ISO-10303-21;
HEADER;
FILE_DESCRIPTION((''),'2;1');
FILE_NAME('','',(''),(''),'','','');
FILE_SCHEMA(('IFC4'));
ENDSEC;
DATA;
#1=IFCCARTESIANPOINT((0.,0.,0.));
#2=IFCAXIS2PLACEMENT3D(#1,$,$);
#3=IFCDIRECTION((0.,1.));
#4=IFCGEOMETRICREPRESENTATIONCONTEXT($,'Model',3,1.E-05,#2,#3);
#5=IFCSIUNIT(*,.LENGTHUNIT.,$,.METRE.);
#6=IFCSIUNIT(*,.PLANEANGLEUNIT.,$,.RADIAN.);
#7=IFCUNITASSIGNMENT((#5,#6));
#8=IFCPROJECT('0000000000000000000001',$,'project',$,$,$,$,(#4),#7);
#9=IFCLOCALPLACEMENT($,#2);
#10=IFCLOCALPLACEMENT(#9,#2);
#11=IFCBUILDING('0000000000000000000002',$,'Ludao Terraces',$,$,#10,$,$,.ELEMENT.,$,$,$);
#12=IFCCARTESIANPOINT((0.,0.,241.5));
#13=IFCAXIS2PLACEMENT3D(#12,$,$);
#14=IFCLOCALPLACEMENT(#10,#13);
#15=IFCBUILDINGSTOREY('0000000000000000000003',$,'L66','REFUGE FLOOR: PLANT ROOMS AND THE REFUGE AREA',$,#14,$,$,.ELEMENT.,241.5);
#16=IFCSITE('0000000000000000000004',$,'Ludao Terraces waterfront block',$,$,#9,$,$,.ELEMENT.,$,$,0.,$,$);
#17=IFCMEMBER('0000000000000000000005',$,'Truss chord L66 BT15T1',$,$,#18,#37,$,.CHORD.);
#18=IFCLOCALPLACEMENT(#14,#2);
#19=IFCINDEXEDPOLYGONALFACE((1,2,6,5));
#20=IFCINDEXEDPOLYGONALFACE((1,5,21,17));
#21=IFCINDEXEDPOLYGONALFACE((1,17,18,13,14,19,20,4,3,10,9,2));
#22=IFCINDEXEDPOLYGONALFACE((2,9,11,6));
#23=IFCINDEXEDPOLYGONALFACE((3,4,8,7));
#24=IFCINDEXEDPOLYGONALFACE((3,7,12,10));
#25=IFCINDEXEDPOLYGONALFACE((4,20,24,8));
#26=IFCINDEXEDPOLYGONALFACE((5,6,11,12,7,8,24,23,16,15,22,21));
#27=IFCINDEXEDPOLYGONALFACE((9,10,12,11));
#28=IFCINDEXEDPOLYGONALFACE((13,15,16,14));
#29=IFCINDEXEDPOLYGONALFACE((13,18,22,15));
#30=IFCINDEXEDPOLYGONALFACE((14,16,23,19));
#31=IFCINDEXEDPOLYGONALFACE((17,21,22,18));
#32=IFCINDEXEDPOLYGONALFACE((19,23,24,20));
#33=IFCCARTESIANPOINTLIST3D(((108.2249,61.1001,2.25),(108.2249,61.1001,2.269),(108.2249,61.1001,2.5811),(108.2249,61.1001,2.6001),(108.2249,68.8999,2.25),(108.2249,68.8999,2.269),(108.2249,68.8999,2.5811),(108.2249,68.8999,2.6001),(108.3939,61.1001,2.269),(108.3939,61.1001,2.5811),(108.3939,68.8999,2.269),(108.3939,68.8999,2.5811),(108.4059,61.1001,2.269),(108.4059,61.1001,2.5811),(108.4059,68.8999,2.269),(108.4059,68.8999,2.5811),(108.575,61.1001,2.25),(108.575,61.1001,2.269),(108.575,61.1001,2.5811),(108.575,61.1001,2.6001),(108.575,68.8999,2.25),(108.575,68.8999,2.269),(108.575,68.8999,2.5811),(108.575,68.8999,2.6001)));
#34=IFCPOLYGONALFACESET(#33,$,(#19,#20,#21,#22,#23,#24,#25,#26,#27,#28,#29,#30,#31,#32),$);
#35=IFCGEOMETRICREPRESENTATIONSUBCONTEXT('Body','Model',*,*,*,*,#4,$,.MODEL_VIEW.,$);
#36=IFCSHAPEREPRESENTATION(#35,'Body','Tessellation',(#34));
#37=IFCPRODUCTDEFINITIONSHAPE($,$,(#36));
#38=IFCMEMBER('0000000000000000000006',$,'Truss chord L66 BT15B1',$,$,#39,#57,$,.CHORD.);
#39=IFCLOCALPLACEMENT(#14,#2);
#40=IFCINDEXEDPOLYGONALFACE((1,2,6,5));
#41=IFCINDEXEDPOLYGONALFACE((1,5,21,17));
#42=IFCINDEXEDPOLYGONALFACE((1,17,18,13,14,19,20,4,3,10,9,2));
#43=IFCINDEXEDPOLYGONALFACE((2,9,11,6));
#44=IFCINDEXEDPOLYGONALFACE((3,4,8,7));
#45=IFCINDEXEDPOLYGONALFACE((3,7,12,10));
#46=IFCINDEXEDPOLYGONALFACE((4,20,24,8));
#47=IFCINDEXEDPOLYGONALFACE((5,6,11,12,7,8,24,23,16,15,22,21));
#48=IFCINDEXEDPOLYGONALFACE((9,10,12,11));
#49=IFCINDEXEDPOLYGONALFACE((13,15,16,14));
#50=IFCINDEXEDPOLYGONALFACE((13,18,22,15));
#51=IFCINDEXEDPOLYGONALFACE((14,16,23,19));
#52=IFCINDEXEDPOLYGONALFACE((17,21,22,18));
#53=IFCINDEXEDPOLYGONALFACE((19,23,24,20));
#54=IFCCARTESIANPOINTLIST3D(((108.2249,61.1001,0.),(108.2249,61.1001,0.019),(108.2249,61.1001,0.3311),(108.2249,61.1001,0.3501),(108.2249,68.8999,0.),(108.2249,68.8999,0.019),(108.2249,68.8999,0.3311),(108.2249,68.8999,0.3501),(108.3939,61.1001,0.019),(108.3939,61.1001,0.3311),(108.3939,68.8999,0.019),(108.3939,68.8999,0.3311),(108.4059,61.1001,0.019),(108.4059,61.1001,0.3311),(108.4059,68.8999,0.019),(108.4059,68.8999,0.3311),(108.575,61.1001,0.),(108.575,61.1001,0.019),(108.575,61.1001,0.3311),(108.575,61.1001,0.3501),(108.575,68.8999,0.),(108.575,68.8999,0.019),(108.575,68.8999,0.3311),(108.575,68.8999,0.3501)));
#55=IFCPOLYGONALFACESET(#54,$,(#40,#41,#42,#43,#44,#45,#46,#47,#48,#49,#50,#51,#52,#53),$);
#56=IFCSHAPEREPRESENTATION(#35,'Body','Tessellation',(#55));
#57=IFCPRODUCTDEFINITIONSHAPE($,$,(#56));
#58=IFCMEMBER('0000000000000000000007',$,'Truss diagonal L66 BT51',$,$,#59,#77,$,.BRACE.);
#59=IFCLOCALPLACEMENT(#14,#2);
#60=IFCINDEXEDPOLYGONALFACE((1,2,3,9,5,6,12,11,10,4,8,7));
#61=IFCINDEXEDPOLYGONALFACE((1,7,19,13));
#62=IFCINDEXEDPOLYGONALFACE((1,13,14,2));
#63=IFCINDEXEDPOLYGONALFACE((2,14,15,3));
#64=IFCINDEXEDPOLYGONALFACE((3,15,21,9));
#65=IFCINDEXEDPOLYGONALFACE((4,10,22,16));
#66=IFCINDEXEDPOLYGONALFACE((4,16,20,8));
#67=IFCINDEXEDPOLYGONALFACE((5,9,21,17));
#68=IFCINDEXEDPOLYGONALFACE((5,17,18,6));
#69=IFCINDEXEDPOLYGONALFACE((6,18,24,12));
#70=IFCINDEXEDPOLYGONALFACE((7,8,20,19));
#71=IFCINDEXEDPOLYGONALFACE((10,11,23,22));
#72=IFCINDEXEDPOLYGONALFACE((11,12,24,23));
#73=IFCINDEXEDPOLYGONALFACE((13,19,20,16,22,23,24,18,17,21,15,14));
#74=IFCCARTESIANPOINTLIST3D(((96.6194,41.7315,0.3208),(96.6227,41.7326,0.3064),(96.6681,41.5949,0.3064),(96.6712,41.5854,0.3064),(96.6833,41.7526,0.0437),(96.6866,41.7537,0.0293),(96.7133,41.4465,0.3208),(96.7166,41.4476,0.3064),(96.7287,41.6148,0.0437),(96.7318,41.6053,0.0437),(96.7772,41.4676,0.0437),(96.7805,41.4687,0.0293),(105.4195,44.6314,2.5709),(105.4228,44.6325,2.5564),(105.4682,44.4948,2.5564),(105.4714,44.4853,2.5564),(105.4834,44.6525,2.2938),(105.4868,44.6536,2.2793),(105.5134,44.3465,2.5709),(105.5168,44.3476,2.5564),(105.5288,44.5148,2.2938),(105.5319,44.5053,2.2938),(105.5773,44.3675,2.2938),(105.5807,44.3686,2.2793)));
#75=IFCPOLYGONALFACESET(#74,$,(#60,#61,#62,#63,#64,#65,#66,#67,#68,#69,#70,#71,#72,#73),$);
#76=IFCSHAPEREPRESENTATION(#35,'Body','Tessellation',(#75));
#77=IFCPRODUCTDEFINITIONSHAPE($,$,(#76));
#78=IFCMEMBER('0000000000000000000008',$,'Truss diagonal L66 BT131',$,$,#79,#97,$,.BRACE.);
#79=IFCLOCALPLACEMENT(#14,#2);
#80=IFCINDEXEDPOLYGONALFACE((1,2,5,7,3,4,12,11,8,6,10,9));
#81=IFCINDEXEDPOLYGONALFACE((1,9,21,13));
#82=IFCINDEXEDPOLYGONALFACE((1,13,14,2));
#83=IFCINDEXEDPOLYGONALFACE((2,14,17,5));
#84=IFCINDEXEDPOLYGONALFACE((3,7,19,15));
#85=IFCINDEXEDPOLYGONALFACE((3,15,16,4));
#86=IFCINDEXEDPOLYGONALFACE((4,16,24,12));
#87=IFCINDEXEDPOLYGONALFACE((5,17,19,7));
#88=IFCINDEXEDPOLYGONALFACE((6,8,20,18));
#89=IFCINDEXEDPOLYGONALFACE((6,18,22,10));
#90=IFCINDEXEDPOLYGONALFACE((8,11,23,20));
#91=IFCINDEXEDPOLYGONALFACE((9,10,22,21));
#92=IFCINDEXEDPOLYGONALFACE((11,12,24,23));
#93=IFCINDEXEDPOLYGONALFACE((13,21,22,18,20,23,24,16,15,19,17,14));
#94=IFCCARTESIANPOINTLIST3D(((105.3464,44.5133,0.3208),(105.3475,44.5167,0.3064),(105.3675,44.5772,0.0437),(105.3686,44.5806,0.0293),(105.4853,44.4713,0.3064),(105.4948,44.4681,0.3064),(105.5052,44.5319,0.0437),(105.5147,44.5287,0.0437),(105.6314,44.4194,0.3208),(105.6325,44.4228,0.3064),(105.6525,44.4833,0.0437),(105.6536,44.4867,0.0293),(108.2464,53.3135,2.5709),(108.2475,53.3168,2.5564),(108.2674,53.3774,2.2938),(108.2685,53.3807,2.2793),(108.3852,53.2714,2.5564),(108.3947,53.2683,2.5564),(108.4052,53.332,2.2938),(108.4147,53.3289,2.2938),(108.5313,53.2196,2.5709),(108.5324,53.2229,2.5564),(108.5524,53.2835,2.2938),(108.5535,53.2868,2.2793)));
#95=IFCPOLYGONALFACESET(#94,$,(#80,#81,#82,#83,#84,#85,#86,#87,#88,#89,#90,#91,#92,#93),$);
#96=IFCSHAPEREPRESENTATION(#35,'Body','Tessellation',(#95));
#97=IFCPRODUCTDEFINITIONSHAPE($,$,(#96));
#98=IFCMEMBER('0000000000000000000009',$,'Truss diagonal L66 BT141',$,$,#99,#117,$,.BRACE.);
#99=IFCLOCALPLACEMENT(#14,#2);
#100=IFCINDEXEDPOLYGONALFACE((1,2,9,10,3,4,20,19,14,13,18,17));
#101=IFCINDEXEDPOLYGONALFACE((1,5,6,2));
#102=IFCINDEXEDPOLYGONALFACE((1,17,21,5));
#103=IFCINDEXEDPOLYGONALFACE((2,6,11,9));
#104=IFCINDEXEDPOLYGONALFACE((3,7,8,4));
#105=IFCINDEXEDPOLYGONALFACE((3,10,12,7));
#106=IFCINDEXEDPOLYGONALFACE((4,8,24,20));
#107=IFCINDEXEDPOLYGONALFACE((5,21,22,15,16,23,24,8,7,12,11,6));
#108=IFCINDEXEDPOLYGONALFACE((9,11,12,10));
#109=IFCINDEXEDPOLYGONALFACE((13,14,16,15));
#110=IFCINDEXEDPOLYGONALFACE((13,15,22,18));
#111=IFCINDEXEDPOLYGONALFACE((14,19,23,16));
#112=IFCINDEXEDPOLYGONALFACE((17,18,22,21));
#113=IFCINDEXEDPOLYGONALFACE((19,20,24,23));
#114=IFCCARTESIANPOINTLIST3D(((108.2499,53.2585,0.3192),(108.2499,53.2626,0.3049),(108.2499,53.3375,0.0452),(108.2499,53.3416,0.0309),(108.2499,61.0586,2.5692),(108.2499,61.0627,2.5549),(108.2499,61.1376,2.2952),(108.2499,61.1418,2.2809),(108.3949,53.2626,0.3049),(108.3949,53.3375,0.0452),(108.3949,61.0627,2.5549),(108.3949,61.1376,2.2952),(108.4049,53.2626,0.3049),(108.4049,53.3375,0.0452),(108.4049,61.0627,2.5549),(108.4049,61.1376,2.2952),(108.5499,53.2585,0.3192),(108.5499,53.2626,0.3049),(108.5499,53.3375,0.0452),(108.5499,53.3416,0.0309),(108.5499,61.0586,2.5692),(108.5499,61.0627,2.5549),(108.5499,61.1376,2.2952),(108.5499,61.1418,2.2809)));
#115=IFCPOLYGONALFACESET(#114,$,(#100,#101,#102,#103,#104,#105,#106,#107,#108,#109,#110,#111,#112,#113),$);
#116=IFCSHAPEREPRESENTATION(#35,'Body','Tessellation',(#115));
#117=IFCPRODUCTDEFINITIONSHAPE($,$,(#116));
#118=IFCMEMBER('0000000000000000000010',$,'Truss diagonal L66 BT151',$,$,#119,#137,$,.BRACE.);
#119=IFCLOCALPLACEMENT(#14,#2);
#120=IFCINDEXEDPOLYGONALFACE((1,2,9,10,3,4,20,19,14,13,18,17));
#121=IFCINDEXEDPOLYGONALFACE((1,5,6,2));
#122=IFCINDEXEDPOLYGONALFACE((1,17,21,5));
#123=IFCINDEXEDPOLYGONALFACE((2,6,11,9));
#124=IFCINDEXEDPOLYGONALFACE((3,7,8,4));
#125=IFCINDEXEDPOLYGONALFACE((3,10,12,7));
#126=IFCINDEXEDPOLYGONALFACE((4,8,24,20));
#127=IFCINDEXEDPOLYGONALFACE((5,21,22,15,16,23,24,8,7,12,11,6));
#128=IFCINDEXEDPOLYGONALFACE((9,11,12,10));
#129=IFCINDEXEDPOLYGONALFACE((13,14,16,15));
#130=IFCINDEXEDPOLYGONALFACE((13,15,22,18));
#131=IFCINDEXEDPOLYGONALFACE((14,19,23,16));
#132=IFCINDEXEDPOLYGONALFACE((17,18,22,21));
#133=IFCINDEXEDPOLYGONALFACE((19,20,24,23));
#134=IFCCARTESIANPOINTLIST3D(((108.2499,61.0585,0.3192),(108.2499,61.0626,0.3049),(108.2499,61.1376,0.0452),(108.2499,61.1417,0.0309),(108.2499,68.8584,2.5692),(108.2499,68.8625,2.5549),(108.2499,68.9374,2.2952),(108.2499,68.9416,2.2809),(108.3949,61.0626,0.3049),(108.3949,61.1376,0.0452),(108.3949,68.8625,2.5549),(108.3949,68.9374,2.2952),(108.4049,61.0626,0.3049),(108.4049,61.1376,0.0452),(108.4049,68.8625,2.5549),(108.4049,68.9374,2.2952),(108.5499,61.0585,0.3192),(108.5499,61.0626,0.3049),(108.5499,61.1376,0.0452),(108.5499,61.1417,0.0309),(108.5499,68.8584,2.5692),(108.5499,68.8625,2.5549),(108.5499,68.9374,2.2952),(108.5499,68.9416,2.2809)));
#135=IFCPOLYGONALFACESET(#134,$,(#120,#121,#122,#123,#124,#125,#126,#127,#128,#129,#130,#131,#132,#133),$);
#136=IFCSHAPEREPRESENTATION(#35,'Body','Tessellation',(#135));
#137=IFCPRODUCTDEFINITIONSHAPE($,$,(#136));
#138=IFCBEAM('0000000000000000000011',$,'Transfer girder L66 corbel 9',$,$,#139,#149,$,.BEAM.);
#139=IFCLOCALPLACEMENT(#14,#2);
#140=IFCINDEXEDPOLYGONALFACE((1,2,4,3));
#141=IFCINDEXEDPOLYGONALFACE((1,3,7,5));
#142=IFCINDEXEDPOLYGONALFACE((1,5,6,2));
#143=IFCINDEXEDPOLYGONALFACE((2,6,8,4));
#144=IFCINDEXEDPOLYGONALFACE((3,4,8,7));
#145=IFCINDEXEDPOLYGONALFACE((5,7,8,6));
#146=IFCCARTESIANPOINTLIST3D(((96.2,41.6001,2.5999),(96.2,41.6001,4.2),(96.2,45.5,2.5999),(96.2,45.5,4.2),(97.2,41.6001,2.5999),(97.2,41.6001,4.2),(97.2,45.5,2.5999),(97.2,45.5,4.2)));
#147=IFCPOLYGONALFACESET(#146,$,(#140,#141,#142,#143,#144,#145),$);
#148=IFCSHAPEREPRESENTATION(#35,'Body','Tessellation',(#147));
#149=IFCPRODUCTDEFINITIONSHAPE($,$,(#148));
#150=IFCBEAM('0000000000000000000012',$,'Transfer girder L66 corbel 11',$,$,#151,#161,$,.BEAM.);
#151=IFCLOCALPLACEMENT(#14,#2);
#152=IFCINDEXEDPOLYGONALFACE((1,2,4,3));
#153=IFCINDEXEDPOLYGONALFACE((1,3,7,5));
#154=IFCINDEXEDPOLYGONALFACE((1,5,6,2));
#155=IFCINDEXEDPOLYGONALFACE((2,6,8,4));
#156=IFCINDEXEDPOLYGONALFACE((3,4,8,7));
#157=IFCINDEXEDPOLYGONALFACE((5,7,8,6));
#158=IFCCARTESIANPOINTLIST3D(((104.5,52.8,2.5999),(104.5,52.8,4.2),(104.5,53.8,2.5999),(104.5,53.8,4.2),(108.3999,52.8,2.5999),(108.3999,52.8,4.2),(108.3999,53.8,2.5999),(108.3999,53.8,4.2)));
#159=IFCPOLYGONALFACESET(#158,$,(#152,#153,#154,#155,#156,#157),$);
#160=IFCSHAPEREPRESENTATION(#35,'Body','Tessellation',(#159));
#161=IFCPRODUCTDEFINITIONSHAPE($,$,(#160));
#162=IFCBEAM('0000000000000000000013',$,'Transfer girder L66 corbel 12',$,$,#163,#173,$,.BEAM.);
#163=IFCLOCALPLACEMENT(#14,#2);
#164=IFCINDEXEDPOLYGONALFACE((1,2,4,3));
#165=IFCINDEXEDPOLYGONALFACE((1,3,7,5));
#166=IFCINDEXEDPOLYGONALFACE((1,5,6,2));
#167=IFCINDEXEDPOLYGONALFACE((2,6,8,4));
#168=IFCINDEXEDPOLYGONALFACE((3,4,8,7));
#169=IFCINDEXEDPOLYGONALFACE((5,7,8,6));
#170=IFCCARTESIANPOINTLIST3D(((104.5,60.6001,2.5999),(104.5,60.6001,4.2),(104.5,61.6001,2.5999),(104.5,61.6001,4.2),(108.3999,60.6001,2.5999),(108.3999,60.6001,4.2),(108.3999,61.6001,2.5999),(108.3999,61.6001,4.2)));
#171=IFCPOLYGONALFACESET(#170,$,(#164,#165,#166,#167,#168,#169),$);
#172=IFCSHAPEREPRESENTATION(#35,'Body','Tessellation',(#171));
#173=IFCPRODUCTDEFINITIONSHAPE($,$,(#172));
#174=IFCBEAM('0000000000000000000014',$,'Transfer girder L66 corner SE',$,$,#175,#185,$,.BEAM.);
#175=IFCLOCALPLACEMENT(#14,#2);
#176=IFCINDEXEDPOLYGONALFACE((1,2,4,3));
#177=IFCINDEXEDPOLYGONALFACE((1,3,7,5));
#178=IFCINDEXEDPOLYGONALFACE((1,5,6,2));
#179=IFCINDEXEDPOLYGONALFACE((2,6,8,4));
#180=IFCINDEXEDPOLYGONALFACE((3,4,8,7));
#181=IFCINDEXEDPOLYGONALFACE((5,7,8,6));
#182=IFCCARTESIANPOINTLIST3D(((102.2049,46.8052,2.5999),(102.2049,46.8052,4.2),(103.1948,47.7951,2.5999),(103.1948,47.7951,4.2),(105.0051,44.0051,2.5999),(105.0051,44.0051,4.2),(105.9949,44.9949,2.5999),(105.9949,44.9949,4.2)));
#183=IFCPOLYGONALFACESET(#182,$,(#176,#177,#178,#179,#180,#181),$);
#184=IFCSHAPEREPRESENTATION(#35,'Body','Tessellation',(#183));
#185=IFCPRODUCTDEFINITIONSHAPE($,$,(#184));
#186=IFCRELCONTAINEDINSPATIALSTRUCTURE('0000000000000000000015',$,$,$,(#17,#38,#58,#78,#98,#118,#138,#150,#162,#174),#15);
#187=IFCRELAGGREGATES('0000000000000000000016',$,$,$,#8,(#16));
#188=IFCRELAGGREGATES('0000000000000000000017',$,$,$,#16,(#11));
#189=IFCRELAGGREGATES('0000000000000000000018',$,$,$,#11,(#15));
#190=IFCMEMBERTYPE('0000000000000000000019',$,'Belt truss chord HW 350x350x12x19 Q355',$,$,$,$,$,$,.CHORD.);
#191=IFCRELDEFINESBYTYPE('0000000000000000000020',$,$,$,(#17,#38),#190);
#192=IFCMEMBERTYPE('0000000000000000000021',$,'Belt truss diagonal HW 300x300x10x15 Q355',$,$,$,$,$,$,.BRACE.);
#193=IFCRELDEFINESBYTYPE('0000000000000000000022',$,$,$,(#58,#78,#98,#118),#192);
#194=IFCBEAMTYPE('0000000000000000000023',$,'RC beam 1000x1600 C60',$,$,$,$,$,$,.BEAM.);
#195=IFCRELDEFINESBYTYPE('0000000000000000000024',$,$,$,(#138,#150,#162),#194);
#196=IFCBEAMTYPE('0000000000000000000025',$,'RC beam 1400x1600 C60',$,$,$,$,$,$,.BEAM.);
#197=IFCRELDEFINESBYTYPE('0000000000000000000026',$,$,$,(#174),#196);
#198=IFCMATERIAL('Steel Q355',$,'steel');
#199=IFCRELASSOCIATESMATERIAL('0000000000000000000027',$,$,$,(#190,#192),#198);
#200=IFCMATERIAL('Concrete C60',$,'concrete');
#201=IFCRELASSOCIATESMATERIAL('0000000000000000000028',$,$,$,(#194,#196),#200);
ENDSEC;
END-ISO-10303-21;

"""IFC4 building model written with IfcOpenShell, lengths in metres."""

from ifc_helpers import new_model, si_unit, direction, frame, origin, origin_2d, place, context, subcontext, project, spatial, rectangle, i_section, extrude, material, material_profile, profile_set, type_object, element, save


model = new_model("IFC4")

# Units and contexts
model_context = context("Model", 3, precision=1e-05, world=origin(), true_north=direction((0.0, 1.0)))
body_context = subcontext(model_context, "Body", "Model", "MODEL_VIEW")
ifc_project = project(units=[si_unit("LENGTHUNIT", "METRE"), si_unit("PLANEANGLEUNIT", "RADIAN")], contexts=[model_context])

# Site, building, storey
site_placement = place(None, origin())
site = spatial("IfcSite", under=ifc_project, at=site_placement, Name="Ludao Terraces waterfront block", CompositionType="ELEMENT", RefElevation=0.0)
building_placement = place(site_placement, origin())
building = spatial("IfcBuilding", under=site, at=building_placement, Name="Ludao Terraces", CompositionType="ELEMENT")
storey_placement = place(building_placement, frame((0.0, 0.0, 241.5)))
storey = spatial("IfcBuildingStorey", under=building, at=storey_placement, Name="L66", Description="REFUGE FLOOR: PLANT ROOMS AND THE REFUGE AREA", CompositionType="ELEMENT", Elevation=241.5)

# Members
ifc_material_1 = material(Name="Steel Q355", Category="steel")
ifc_material_profile_1 = material_profile(ifc_material_1, i_section(OverallWidth=0.3501, OverallDepth=0.3501, WebThickness=0.012, FlangeThickness=0.019, at=origin_2d()), Name="HW 350X350X12X19")
ifc_profile_set_1 = profile_set([ifc_material_profile_1], Name="Steel Q355")
member_type_1 = type_object("IfcMemberType", Name="Belt truss chord HW 350x350x12x19 Q355", PredefinedType="CHORD", material=ifc_profile_set_1)
for number, where, z_axis, x_axis, name in (
    (1, (108.3999, 61.1001, 2.425), (0.0, 1.0, 0.0), (-1.0, 0.0, 0.0), "Truss chord L66 BT15T1"),
    (2, (108.3999, 61.1001, 0.175), (0.0, 1.0, 0.0), (-1.0, 0.0, 0.0), "Truss chord L66 BT15B1"),
):
    element("IfcMember", number, at=place(storey_placement, frame(where, z_axis=z_axis, x_axis=x_axis)), inside=storey, type_object=member_type_1, Name=name, PredefinedType="CHORD", context=body_context, shape_type="SweptSolid", body=[
        extrude(i_section(OverallWidth=0.3501, OverallDepth=0.3501, WebThickness=0.012, FlangeThickness=0.019, at=origin_2d()), origin(), (0.0, 0.0, 1.0), 7.7998),
    ])
ifc_material_profile_2 = material_profile(ifc_material_1, i_section(OverallWidth=0.3, OverallDepth=0.3, WebThickness=0.01, FlangeThickness=0.0149, at=origin_2d()), Name="HW 300X300X10X15")
ifc_profile_set_2 = profile_set([ifc_material_profile_2], Name="Steel Q355")
member_type_2 = type_object("IfcMemberType", Name="Belt truss diagonal HW 300x300x10x15 Q355", PredefinedType="BRACE", material=ifc_profile_set_2)
for number, where, z_axis, x_axis, name in (
    (3, (96.7, 41.6001, 0.175), (0.922938, 0.304138, 0.235977), (-0.312977, 0.949761, 0.0), "Truss diagonal L66 BT51"),
    (4, (105.5, 44.5, 0.175), (0.304138, 0.922938, 0.235977), (-0.949761, 0.312977, 0.0), "Truss diagonal L66 BT131"),
):
    element("IfcMember", number, at=place(storey_placement, frame(where, z_axis=z_axis, x_axis=x_axis)), inside=storey, type_object=member_type_2, Name=name, PredefinedType="BRACE", context=body_context, shape_type="SweptSolid", body=[
        extrude(i_section(OverallWidth=0.3, OverallDepth=0.3, WebThickness=0.01, FlangeThickness=0.0149, at=origin_2d()), origin(), (0.0, 0.0, 1.0), 9.5349),
    ])
member_1_placement = place(storey_placement, frame((108.3999, 53.3, 0.175), z_axis=(0.0, 0.960824, 0.277159), x_axis=(-1.0, 0.0, 0.0)))
element("IfcMember", 5, at=member_1_placement, inside=storey, type_object=member_type_2, Name="Truss diagonal L66 BT141", PredefinedType="BRACE", context=body_context, shape_type="SweptSolid", body=[
    extrude(i_section(OverallWidth=0.3, OverallDepth=0.3, WebThickness=0.01, FlangeThickness=0.0149, at=origin_2d()), origin(), (0.0, 0.0, 1.0), 8.1182),
])
member_2_placement = place(storey_placement, frame((108.3999, 61.1001, 0.175), z_axis=(0.0, 0.960822, 0.277167), x_axis=(-1.0, 0.0, 0.0)))
element("IfcMember", 6, at=member_2_placement, inside=storey, type_object=member_type_2, Name="Truss diagonal L66 BT151", PredefinedType="BRACE", context=body_context, shape_type="SweptSolid", body=[
    extrude(i_section(OverallWidth=0.3, OverallDepth=0.3, WebThickness=0.01, FlangeThickness=0.0149, at=origin_2d()), origin(), (0.0, 0.0, 1.0), 8.1179),
])

# Beams
ifc_material_2 = material(Name="Concrete C60", Category="concrete")
ifc_material_profile_3 = material_profile(ifc_material_2, rectangle(XDim=1.0, YDim=1.6001, at=origin_2d()), Name="1000 X 1600")
ifc_profile_set_3 = profile_set([ifc_material_profile_3], Name="Concrete C60")
beam_type_1 = type_object("IfcBeamType", Name="RC beam 1000x1600 C60", PredefinedType="BEAM", material=ifc_profile_set_3)
for number, where, z_axis, x_axis, name in (
    (7, (96.7, 41.6001, 3.3999), (0.0, 1.0, 0.0), (-1.0, 0.0, 0.0), "Transfer girder L66 corbel 9"),
    (8, (108.3999, 53.3, 3.3999), (-1.0, 0.0, 0.0), (0.0, -1.0, 0.0), "Transfer girder L66 corbel 11"),
    (9, (108.3999, 61.1001, 3.3999), (-1.0, 0.0, 0.0), (0.0, -1.0, 0.0), "Transfer girder L66 corbel 12"),
):
    element("IfcBeam", number, at=place(storey_placement, frame(where, z_axis=z_axis, x_axis=x_axis)), inside=storey, type_object=beam_type_1, Name=name, PredefinedType="BEAM", context=body_context, shape_type="SweptSolid", body=[
        extrude(rectangle(XDim=1.0, YDim=1.6001, at=origin_2d()), origin(), (0.0, 0.0, 1.0), 3.8999),
    ])
ifc_material_profile_4 = material_profile(ifc_material_2, rectangle(XDim=1.3999, YDim=1.6001, at=origin_2d()), Name="1400 X 1600")
ifc_profile_set_4 = profile_set([ifc_material_profile_4], Name="Concrete C60")
beam_type_2 = type_object("IfcBeamType", Name="RC beam 1400x1600 C60", PredefinedType="BEAM", material=ifc_profile_set_4)
beam_placement = place(storey_placement, frame((105.5, 44.5, 3.3999), z_axis=(-0.707107, 0.707107, 0.0), x_axis=(-0.707107, -0.707107, 0.0)))
element("IfcBeam", 10, at=beam_placement, inside=storey, type_object=beam_type_2, Name="Transfer girder L66 corner SE", PredefinedType="BEAM", context=body_context, shape_type="SweptSolid", body=[
    extrude(rectangle(XDim=1.3999, YDim=1.6001, at=origin_2d()), origin(), (0.0, 0.0, 1.0), 3.96),
])

save(model, "model.ifc")
